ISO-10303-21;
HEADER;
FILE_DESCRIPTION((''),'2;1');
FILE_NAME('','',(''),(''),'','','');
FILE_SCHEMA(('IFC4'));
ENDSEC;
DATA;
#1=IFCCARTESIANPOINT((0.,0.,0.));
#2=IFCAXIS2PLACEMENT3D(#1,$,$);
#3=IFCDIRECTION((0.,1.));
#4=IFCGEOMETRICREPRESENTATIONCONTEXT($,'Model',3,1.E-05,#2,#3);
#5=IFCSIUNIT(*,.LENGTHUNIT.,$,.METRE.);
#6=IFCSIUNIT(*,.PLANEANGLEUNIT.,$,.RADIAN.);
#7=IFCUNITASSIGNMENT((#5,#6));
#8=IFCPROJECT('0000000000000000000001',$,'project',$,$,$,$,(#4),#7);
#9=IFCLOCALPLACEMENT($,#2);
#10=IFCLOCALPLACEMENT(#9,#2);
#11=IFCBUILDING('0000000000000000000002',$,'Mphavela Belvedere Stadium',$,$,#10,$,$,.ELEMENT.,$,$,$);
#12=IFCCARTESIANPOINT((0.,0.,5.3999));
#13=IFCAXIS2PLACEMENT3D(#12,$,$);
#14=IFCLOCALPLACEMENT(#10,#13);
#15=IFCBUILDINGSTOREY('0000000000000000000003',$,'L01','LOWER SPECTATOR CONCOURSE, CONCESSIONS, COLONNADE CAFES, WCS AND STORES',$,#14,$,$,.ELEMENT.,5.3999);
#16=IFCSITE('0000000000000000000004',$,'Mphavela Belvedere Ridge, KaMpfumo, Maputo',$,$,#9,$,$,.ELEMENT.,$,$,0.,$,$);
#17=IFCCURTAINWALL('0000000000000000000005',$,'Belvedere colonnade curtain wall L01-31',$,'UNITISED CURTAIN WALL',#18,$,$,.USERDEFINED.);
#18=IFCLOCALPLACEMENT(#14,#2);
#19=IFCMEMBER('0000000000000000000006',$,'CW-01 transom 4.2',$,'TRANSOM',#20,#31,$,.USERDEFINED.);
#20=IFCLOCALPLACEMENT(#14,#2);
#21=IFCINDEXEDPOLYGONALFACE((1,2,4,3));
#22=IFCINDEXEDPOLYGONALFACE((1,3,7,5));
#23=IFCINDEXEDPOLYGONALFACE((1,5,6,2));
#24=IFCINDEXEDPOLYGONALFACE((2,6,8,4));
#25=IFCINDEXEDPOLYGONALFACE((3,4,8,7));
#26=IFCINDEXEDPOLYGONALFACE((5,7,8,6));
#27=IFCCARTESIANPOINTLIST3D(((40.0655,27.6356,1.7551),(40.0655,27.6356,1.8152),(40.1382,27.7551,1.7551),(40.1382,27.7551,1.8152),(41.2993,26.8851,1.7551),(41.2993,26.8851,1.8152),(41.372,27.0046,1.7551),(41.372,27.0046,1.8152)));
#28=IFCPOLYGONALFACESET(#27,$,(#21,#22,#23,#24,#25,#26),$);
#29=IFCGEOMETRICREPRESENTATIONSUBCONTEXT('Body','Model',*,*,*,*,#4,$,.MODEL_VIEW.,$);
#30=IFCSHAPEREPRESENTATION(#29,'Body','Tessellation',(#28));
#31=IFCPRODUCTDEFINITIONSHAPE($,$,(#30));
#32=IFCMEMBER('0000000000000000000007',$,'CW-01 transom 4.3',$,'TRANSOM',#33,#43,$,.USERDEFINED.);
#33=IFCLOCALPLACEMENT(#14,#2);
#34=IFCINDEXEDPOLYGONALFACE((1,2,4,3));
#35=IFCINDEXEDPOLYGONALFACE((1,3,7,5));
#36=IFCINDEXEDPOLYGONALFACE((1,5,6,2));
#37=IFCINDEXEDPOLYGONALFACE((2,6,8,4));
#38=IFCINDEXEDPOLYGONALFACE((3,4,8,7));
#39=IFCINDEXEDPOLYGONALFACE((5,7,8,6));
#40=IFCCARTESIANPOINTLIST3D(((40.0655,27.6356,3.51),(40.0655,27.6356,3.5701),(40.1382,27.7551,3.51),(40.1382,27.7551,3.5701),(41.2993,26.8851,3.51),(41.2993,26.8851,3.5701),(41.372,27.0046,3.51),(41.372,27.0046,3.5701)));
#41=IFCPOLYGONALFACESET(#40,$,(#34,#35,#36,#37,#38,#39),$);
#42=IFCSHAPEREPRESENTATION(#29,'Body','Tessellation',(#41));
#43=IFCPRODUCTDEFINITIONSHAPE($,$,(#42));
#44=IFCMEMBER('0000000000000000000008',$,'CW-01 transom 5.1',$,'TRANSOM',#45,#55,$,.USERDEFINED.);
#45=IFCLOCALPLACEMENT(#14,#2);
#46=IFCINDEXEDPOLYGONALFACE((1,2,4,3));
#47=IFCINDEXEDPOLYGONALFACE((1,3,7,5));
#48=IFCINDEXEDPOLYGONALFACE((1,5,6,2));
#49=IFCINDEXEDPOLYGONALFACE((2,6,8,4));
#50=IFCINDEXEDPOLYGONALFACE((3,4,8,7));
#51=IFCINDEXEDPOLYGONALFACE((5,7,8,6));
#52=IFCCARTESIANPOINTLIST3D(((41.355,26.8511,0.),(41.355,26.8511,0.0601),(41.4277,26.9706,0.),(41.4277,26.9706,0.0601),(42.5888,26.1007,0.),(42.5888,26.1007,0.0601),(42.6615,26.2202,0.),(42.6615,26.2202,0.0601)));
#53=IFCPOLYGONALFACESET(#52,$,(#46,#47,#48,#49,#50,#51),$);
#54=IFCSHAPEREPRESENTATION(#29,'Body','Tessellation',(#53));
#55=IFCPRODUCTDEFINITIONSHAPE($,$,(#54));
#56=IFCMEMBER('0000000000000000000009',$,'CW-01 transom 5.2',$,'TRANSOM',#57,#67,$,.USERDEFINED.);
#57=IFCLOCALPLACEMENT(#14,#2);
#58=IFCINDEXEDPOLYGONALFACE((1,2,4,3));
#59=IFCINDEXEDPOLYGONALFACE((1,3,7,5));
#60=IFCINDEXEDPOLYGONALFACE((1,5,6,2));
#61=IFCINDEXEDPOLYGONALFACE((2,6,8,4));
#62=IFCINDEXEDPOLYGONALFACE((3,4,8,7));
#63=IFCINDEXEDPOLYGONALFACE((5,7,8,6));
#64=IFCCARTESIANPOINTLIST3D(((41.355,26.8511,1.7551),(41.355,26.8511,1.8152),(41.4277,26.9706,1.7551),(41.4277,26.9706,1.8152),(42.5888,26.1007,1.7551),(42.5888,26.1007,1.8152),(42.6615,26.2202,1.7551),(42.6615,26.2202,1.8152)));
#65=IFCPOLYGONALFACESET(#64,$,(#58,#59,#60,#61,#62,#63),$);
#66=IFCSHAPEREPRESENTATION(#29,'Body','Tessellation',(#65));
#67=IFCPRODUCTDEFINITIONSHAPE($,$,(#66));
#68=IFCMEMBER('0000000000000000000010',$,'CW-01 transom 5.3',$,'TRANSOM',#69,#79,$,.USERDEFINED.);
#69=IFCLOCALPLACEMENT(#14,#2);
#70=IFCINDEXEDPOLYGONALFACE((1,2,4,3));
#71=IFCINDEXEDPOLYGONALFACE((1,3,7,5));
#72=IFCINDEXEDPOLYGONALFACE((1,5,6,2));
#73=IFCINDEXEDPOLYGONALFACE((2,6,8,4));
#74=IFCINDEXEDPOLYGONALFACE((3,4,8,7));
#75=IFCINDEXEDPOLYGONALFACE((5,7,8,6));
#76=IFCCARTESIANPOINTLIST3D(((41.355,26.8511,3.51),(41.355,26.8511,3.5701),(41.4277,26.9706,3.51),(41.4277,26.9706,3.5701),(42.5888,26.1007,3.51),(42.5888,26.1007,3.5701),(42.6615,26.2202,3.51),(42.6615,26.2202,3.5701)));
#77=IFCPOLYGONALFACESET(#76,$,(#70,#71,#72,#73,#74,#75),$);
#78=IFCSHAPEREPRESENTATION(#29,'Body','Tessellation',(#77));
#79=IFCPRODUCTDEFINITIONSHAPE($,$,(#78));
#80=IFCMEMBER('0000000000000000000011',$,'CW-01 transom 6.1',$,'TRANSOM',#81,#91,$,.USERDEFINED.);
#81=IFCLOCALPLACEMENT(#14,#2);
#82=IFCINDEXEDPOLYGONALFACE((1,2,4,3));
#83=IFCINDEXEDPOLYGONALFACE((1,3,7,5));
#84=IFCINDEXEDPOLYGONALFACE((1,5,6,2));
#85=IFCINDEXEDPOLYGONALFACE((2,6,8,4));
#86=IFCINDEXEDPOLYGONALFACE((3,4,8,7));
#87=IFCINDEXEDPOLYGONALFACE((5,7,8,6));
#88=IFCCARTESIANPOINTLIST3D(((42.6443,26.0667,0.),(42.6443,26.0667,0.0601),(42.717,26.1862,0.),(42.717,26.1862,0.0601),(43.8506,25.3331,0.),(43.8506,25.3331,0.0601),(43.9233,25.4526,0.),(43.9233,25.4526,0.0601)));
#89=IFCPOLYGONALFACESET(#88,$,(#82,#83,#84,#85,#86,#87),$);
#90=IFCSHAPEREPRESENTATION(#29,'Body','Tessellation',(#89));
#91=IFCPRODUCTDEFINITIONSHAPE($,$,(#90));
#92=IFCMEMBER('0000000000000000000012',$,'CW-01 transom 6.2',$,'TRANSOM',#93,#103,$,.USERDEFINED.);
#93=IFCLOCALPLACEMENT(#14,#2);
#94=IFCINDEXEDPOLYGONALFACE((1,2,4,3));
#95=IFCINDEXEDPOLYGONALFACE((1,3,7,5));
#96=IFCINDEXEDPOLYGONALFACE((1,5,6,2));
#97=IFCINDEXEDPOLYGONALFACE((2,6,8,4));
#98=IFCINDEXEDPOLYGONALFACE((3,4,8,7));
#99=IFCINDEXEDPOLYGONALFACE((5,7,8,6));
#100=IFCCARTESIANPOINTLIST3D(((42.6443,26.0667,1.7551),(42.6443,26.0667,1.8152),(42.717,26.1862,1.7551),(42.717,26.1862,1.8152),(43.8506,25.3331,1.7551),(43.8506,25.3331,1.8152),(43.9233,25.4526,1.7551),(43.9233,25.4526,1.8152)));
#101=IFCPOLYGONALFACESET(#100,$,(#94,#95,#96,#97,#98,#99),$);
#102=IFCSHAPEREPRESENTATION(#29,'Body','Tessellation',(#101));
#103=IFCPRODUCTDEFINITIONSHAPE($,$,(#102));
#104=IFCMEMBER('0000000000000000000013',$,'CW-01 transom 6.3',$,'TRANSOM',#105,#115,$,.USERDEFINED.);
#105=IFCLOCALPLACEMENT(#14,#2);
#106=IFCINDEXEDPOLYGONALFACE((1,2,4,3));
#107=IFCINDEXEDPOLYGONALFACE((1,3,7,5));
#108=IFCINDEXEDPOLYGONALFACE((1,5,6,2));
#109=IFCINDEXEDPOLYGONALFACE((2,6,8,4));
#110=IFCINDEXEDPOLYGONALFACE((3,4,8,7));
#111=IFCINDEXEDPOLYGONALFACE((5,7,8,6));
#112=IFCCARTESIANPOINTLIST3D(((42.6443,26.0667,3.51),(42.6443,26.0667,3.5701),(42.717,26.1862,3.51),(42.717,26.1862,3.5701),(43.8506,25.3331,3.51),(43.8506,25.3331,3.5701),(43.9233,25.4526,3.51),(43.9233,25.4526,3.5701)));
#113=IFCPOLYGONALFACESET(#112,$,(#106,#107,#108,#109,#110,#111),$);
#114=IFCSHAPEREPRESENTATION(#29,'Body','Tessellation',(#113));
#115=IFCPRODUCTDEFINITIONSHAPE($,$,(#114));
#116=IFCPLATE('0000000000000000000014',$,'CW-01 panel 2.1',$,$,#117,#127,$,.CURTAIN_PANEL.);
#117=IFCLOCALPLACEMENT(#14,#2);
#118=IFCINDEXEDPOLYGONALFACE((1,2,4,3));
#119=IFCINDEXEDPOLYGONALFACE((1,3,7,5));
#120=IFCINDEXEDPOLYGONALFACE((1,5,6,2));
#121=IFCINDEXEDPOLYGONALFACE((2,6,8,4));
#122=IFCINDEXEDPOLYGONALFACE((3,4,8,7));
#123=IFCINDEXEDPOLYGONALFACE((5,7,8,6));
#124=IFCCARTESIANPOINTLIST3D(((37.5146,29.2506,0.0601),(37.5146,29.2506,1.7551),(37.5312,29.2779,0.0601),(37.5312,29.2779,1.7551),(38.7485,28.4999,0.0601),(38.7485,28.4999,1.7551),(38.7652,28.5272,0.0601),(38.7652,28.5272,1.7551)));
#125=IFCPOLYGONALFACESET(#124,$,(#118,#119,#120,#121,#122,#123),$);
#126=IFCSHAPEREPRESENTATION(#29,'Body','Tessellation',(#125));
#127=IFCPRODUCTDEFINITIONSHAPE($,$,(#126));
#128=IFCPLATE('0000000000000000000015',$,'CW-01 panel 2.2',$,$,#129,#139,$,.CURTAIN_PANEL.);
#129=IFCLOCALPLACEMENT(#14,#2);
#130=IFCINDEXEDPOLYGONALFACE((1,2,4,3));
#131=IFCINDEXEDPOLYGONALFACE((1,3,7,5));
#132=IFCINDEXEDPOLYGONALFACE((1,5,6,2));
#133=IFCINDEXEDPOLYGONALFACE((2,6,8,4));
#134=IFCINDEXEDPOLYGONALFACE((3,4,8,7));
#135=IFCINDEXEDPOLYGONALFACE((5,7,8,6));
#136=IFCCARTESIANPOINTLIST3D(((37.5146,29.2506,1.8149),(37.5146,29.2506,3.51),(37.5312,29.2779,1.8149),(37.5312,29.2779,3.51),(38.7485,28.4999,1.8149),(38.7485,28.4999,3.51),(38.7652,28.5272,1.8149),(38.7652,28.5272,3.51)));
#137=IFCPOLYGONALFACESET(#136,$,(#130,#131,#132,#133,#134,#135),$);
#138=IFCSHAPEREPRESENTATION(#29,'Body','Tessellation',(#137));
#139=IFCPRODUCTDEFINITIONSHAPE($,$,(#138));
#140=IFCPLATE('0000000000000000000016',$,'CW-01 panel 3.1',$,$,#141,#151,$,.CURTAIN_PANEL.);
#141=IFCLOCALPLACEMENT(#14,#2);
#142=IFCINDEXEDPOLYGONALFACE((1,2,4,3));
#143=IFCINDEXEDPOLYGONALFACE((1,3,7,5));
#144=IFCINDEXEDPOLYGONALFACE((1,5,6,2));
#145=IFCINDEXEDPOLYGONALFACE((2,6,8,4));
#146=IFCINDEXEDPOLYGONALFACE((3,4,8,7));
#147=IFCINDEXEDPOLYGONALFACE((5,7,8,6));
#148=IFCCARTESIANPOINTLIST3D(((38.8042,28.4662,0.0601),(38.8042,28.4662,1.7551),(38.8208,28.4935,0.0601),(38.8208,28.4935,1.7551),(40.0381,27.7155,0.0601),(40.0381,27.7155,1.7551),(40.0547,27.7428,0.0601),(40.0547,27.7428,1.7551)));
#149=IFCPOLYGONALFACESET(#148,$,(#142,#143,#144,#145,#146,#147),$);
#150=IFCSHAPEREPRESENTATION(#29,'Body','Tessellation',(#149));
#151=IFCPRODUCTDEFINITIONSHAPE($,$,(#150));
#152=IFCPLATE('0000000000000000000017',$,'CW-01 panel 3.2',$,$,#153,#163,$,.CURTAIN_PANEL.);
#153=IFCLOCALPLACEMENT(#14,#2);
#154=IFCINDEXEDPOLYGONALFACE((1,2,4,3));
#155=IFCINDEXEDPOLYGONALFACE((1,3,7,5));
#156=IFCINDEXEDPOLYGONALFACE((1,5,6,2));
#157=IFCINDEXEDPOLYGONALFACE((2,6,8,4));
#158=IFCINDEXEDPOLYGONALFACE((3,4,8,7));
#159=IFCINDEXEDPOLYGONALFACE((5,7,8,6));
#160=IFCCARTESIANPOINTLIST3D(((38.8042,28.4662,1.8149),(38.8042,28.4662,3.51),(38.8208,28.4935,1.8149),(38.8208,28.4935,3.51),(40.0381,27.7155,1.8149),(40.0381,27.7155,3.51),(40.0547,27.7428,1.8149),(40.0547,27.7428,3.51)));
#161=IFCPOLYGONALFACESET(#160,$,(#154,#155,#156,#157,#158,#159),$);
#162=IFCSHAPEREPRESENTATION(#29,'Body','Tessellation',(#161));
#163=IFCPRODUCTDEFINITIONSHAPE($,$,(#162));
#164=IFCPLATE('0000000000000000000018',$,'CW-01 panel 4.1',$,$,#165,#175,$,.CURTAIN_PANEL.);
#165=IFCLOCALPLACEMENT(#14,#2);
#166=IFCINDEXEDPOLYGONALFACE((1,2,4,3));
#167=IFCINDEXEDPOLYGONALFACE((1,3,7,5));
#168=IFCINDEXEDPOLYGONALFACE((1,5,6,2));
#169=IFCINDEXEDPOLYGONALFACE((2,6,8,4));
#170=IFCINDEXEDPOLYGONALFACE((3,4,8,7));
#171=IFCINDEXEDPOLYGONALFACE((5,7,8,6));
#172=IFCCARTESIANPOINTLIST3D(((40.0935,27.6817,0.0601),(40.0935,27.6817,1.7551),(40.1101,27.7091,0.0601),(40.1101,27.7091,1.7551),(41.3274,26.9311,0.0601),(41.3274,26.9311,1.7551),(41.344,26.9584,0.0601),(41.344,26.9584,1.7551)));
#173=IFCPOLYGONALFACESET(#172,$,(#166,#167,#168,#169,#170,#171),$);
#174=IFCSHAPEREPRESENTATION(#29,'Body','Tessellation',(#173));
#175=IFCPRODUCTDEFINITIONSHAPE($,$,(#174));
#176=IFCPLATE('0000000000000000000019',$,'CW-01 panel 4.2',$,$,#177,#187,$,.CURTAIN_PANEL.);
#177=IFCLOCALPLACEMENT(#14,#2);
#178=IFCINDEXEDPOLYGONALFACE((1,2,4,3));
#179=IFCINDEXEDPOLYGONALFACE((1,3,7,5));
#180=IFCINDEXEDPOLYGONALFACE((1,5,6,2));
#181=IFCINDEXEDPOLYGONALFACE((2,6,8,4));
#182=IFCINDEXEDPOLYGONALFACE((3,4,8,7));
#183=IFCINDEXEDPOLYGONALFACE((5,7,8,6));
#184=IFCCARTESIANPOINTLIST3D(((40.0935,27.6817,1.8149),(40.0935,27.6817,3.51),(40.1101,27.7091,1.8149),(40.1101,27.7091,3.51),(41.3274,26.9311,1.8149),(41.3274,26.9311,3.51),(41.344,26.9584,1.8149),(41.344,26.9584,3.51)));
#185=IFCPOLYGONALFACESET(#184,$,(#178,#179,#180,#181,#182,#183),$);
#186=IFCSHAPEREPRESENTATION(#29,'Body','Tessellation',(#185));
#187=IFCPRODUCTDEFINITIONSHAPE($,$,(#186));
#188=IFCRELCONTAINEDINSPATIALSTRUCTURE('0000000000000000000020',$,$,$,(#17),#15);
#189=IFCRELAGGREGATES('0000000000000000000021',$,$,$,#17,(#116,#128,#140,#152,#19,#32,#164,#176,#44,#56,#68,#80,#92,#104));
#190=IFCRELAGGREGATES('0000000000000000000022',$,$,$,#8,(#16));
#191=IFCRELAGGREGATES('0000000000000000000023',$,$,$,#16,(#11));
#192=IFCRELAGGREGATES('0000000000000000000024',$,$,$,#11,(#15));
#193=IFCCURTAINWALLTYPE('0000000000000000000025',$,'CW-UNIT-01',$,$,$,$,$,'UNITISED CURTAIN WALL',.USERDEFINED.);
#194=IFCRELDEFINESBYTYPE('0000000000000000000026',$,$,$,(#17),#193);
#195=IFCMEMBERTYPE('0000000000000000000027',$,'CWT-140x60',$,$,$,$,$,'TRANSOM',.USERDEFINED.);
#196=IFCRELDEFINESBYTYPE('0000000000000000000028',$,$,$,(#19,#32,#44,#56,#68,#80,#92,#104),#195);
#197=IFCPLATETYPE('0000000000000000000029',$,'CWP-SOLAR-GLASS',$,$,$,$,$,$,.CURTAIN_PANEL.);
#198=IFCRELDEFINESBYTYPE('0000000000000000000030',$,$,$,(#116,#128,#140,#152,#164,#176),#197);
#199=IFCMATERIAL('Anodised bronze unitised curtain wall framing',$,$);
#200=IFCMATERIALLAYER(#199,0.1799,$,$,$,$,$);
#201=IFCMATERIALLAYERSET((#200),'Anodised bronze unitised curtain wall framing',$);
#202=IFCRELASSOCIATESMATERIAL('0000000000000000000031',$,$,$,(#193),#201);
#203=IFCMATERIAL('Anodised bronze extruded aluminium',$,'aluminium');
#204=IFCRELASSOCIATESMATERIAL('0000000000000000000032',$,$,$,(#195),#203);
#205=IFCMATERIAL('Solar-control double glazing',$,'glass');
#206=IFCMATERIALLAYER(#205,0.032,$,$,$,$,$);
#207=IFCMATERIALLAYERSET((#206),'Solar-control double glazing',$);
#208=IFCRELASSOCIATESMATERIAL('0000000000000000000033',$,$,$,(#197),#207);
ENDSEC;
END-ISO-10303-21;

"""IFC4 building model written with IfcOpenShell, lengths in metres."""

from ifc_helpers import new_model, si_unit, direction, frame, origin, origin_2d, place, context, subcontext, project, spatial, rectangle, extrude, material, layer, layer_set, material_profile, profile_set, type_object, element, aggregate, save


model = new_model("IFC4")

# Units and contexts
model_context = context("Model", 3, precision=1e-05, world=origin(), true_north=direction((0.0, 1.0)))
body_context = subcontext(model_context, "Body", "Model", "MODEL_VIEW")
ifc_project = project(units=[si_unit("LENGTHUNIT", "METRE"), si_unit("PLANEANGLEUNIT", "RADIAN")], contexts=[model_context])

# Site, building, storey
site_placement = place(None, origin())
site = spatial("IfcSite", under=ifc_project, at=site_placement, Name="Mphavela Belvedere Ridge, KaMpfumo, Maputo", CompositionType="ELEMENT", RefElevation=0.0)
building_placement = place(site_placement, origin())
building = spatial("IfcBuilding", under=site, at=building_placement, Name="Mphavela Belvedere Stadium", CompositionType="ELEMENT")
storey_placement = place(building_placement, frame((0.0, 0.0, 5.3999)))
storey = spatial("IfcBuildingStorey", under=building, at=storey_placement, Name="L01", Description="LOWER SPECTATOR CONCOURSE, CONCESSIONS, COLONNADE CAFES, WCS AND STORES", CompositionType="ELEMENT", Elevation=5.3999)

# Curtain wall, members, plates
ifc_material_1 = material(Name="Anodised bronze unitised curtain wall framing")
ifc_layer_1 = layer(ifc_material_1, 0.1799)
ifc_layer_set_1 = layer_set([ifc_layer_1], Name="Anodised bronze unitised curtain wall framing")
curtain_wall_type = type_object("IfcCurtainWallType", Name="CW-UNIT-01", ElementType="UNITISED CURTAIN WALL", PredefinedType="USERDEFINED", material=ifc_layer_set_1)
curtain_wall_placement = place(storey_placement, origin())
curtain_wall = element("IfcCurtainWall", 1, at=curtain_wall_placement, inside=storey, type_object=curtain_wall_type, Name="Belvedere colonnade curtain wall L01-31", ObjectType="UNITISED CURTAIN WALL", PredefinedType="USERDEFINED")
ifc_material_2 = material(Name="Anodised bronze extruded aluminium", Category="aluminium")
ifc_material_profile_1 = material_profile(ifc_material_2, rectangle(XDim=0.1399, YDim=0.0601, at=origin_2d()), Name="CW-TRN 140x60")
ifc_profile_set_1 = profile_set([ifc_material_profile_1], Name="Anodised bronze extruded aluminium")
member_type_1 = type_object("IfcMemberType", Name="CWT-140x60", ElementType="TRANSOM", PredefinedType="USERDEFINED", material=ifc_profile_set_1)
member_1_placement = place(storey_placement, frame((40.1018, 27.6953, 1.7852), z_axis=(0.854375, -0.519657, 0.0), x_axis=(0.519657, 0.854375, 0.0)))
member_1 = element("IfcMember", 2, at=member_1_placement, type_object=member_type_1, Name="CW-01 transom 4.2", ObjectType="TRANSOM", PredefinedType="USERDEFINED", context=body_context, shape_type="SweptSolid", body=[
    extrude(rectangle(XDim=0.1399, YDim=0.0601, at=origin_2d()), origin(), (0.0, 0.0, 1.0), 1.4441),
])
member_2_placement = place(storey_placement, frame((40.1018, 27.6953, 3.54), z_axis=(0.854375, -0.519657, 0.0), x_axis=(0.519657, 0.854375, 0.0)))
member_2 = element("IfcMember", 3, at=member_2_placement, type_object=member_type_1, Name="CW-01 transom 4.3", ObjectType="TRANSOM", PredefinedType="USERDEFINED", context=body_context, shape_type="SweptSolid", body=[
    extrude(rectangle(XDim=0.1399, YDim=0.0601, at=origin_2d()), origin(), (0.0, 0.0, 1.0), 1.4441),
])
member_3_placement = place(storey_placement, frame((41.3914, 26.9109, 0.03), z_axis=(0.854375, -0.519657, 0.0), x_axis=(0.519657, 0.854375, 0.0)))
member_3 = element("IfcMember", 4, at=member_3_placement, type_object=member_type_1, Name="CW-01 transom 5.1", ObjectType="TRANSOM", PredefinedType="USERDEFINED", context=body_context, shape_type="SweptSolid", body=[
    extrude(rectangle(XDim=0.1399, YDim=0.0601, at=origin_2d()), origin(), (0.0, 0.0, 1.0), 1.4441),
])
member_4_placement = place(storey_placement, frame((41.3914, 26.9109, 1.7852), z_axis=(0.854375, -0.519657, 0.0), x_axis=(0.519657, 0.854375, 0.0)))
member_4 = element("IfcMember", 5, at=member_4_placement, type_object=member_type_1, Name="CW-01 transom 5.2", ObjectType="TRANSOM", PredefinedType="USERDEFINED", context=body_context, shape_type="SweptSolid", body=[
    extrude(rectangle(XDim=0.1399, YDim=0.0601, at=origin_2d()), origin(), (0.0, 0.0, 1.0), 1.4441),
])
member_5_placement = place(storey_placement, frame((41.3914, 26.9109, 3.54), z_axis=(0.854375, -0.519657, 0.0), x_axis=(0.519657, 0.854375, 0.0)))
member_5 = element("IfcMember", 6, at=member_5_placement, type_object=member_type_1, Name="CW-01 transom 5.3", ObjectType="TRANSOM", PredefinedType="USERDEFINED", context=body_context, shape_type="SweptSolid", body=[
    extrude(rectangle(XDim=0.1399, YDim=0.0601, at=origin_2d()), origin(), (0.0, 0.0, 1.0), 1.4441),
])
member_6_placement = place(storey_placement, frame((42.6807, 26.1265, 0.03), z_axis=(0.854396, -0.519623, 0.0), x_axis=(0.519623, 0.854396, 0.0)))
member_6 = element("IfcMember", 7, at=member_6_placement, type_object=member_type_1, Name="CW-01 transom 6.1", ObjectType="TRANSOM", PredefinedType="USERDEFINED", context=body_context, shape_type="SweptSolid", body=[
    extrude(rectangle(XDim=0.1399, YDim=0.0601, at=origin_2d()), origin(), (0.0, 0.0, 1.0), 1.4119),
])
member_7_placement = place(storey_placement, frame((42.6807, 26.1265, 1.7852), z_axis=(0.854396, -0.519623, 0.0), x_axis=(0.519623, 0.854396, 0.0)))
member_7 = element("IfcMember", 8, at=member_7_placement, type_object=member_type_1, Name="CW-01 transom 6.2", ObjectType="TRANSOM", PredefinedType="USERDEFINED", context=body_context, shape_type="SweptSolid", body=[
    extrude(rectangle(XDim=0.1399, YDim=0.0601, at=origin_2d()), origin(), (0.0, 0.0, 1.0), 1.4119),
])
member_8_placement = place(storey_placement, frame((42.6807, 26.1265, 3.54), z_axis=(0.854396, -0.519623, 0.0), x_axis=(0.519623, 0.854396, 0.0)))
member_8 = element("IfcMember", 9, at=member_8_placement, type_object=member_type_1, Name="CW-01 transom 6.3", ObjectType="TRANSOM", PredefinedType="USERDEFINED", context=body_context, shape_type="SweptSolid", body=[
    extrude(rectangle(XDim=0.1399, YDim=0.0601, at=origin_2d()), origin(), (0.0, 0.0, 1.0), 1.4119),
])
ifc_material_3 = material(Name="Solar-control double glazing", Category="glass")
ifc_layer_2 = layer(ifc_material_3, 0.032)
ifc_layer_set_2 = layer_set([ifc_layer_2], Name="Solar-control double glazing")
plate_type = type_object("IfcPlateType", Name="CWP-SOLAR-GLASS", PredefinedType="CURTAIN_PANEL", material=ifc_layer_set_2)
plate_1_placement = place(storey_placement, frame((38.1399, 28.8889, 0.0601), z_axis=(0.0, 0.0, 1.0), x_axis=(0.854328, -0.519735, 0.0)))
plate_1 = element("IfcPlate", 10, at=plate_1_placement, type_object=plate_type, Name="CW-01 panel 2.1", PredefinedType="CURTAIN_PANEL", context=body_context, shape_type="SweptSolid", body=[
    extrude(rectangle(XDim=1.4443, YDim=0.032, at=origin_2d()), origin(), (0.0, 0.0, 1.0), 1.6951),
])
plate_2_placement = place(storey_placement, frame((38.1399, 28.8889, 1.8149), z_axis=(0.0, 0.0, 1.0), x_axis=(0.854328, -0.519735, 0.0)))
plate_2 = element("IfcPlate", 11, at=plate_2_placement, type_object=plate_type, Name="CW-01 panel 2.2", PredefinedType="CURTAIN_PANEL", context=body_context, shape_type="SweptSolid", body=[
    extrude(rectangle(XDim=1.4443, YDim=0.032, at=origin_2d()), origin(), (0.0, 0.0, 1.0), 1.6951),
])
plate_3_placement = place(storey_placement, frame((39.4294, 28.1045, 0.0601), z_axis=(0.0, 0.0, 1.0), x_axis=(0.854328, -0.519735, 0.0)))
plate_3 = element("IfcPlate", 12, at=plate_3_placement, type_object=plate_type, Name="CW-01 panel 3.1", PredefinedType="CURTAIN_PANEL", context=body_context, shape_type="SweptSolid", body=[
    extrude(rectangle(XDim=1.4443, YDim=0.032, at=origin_2d()), origin(), (0.0, 0.0, 1.0), 1.6951),
])
plate_4_placement = place(storey_placement, frame((39.4294, 28.1045, 1.8149), z_axis=(0.0, 0.0, 1.0), x_axis=(0.854328, -0.519735, 0.0)))
plate_4 = element("IfcPlate", 13, at=plate_4_placement, type_object=plate_type, Name="CW-01 panel 3.2", PredefinedType="CURTAIN_PANEL", context=body_context, shape_type="SweptSolid", body=[
    extrude(rectangle(XDim=1.4443, YDim=0.032, at=origin_2d()), origin(), (0.0, 0.0, 1.0), 1.6951),
])
plate_5_placement = place(storey_placement, frame((40.7188, 27.3201, 0.0601), z_axis=(0.0, 0.0, 1.0), x_axis=(0.854328, -0.519735, 0.0)))
plate_5 = element("IfcPlate", 14, at=plate_5_placement, type_object=plate_type, Name="CW-01 panel 4.1", PredefinedType="CURTAIN_PANEL", context=body_context, shape_type="SweptSolid", body=[
    extrude(rectangle(XDim=1.4443, YDim=0.032, at=origin_2d()), origin(), (0.0, 0.0, 1.0), 1.6951),
])
plate_6_placement = place(storey_placement, frame((40.7188, 27.3201, 1.8149), z_axis=(0.0, 0.0, 1.0), x_axis=(0.854328, -0.519735, 0.0)))
plate_6 = element("IfcPlate", 15, at=plate_6_placement, type_object=plate_type, Name="CW-01 panel 4.2", PredefinedType="CURTAIN_PANEL", context=body_context, shape_type="SweptSolid", body=[
    extrude(rectangle(XDim=1.4443, YDim=0.032, at=origin_2d()), origin(), (0.0, 0.0, 1.0), 1.6951),
])
aggregate(curtain_wall, [plate_1, plate_2, plate_3, plate_4, member_1, member_2, plate_5, plate_6, member_3, member_4, member_5, member_6, member_7, member_8])

save(model, "model.ifc")
